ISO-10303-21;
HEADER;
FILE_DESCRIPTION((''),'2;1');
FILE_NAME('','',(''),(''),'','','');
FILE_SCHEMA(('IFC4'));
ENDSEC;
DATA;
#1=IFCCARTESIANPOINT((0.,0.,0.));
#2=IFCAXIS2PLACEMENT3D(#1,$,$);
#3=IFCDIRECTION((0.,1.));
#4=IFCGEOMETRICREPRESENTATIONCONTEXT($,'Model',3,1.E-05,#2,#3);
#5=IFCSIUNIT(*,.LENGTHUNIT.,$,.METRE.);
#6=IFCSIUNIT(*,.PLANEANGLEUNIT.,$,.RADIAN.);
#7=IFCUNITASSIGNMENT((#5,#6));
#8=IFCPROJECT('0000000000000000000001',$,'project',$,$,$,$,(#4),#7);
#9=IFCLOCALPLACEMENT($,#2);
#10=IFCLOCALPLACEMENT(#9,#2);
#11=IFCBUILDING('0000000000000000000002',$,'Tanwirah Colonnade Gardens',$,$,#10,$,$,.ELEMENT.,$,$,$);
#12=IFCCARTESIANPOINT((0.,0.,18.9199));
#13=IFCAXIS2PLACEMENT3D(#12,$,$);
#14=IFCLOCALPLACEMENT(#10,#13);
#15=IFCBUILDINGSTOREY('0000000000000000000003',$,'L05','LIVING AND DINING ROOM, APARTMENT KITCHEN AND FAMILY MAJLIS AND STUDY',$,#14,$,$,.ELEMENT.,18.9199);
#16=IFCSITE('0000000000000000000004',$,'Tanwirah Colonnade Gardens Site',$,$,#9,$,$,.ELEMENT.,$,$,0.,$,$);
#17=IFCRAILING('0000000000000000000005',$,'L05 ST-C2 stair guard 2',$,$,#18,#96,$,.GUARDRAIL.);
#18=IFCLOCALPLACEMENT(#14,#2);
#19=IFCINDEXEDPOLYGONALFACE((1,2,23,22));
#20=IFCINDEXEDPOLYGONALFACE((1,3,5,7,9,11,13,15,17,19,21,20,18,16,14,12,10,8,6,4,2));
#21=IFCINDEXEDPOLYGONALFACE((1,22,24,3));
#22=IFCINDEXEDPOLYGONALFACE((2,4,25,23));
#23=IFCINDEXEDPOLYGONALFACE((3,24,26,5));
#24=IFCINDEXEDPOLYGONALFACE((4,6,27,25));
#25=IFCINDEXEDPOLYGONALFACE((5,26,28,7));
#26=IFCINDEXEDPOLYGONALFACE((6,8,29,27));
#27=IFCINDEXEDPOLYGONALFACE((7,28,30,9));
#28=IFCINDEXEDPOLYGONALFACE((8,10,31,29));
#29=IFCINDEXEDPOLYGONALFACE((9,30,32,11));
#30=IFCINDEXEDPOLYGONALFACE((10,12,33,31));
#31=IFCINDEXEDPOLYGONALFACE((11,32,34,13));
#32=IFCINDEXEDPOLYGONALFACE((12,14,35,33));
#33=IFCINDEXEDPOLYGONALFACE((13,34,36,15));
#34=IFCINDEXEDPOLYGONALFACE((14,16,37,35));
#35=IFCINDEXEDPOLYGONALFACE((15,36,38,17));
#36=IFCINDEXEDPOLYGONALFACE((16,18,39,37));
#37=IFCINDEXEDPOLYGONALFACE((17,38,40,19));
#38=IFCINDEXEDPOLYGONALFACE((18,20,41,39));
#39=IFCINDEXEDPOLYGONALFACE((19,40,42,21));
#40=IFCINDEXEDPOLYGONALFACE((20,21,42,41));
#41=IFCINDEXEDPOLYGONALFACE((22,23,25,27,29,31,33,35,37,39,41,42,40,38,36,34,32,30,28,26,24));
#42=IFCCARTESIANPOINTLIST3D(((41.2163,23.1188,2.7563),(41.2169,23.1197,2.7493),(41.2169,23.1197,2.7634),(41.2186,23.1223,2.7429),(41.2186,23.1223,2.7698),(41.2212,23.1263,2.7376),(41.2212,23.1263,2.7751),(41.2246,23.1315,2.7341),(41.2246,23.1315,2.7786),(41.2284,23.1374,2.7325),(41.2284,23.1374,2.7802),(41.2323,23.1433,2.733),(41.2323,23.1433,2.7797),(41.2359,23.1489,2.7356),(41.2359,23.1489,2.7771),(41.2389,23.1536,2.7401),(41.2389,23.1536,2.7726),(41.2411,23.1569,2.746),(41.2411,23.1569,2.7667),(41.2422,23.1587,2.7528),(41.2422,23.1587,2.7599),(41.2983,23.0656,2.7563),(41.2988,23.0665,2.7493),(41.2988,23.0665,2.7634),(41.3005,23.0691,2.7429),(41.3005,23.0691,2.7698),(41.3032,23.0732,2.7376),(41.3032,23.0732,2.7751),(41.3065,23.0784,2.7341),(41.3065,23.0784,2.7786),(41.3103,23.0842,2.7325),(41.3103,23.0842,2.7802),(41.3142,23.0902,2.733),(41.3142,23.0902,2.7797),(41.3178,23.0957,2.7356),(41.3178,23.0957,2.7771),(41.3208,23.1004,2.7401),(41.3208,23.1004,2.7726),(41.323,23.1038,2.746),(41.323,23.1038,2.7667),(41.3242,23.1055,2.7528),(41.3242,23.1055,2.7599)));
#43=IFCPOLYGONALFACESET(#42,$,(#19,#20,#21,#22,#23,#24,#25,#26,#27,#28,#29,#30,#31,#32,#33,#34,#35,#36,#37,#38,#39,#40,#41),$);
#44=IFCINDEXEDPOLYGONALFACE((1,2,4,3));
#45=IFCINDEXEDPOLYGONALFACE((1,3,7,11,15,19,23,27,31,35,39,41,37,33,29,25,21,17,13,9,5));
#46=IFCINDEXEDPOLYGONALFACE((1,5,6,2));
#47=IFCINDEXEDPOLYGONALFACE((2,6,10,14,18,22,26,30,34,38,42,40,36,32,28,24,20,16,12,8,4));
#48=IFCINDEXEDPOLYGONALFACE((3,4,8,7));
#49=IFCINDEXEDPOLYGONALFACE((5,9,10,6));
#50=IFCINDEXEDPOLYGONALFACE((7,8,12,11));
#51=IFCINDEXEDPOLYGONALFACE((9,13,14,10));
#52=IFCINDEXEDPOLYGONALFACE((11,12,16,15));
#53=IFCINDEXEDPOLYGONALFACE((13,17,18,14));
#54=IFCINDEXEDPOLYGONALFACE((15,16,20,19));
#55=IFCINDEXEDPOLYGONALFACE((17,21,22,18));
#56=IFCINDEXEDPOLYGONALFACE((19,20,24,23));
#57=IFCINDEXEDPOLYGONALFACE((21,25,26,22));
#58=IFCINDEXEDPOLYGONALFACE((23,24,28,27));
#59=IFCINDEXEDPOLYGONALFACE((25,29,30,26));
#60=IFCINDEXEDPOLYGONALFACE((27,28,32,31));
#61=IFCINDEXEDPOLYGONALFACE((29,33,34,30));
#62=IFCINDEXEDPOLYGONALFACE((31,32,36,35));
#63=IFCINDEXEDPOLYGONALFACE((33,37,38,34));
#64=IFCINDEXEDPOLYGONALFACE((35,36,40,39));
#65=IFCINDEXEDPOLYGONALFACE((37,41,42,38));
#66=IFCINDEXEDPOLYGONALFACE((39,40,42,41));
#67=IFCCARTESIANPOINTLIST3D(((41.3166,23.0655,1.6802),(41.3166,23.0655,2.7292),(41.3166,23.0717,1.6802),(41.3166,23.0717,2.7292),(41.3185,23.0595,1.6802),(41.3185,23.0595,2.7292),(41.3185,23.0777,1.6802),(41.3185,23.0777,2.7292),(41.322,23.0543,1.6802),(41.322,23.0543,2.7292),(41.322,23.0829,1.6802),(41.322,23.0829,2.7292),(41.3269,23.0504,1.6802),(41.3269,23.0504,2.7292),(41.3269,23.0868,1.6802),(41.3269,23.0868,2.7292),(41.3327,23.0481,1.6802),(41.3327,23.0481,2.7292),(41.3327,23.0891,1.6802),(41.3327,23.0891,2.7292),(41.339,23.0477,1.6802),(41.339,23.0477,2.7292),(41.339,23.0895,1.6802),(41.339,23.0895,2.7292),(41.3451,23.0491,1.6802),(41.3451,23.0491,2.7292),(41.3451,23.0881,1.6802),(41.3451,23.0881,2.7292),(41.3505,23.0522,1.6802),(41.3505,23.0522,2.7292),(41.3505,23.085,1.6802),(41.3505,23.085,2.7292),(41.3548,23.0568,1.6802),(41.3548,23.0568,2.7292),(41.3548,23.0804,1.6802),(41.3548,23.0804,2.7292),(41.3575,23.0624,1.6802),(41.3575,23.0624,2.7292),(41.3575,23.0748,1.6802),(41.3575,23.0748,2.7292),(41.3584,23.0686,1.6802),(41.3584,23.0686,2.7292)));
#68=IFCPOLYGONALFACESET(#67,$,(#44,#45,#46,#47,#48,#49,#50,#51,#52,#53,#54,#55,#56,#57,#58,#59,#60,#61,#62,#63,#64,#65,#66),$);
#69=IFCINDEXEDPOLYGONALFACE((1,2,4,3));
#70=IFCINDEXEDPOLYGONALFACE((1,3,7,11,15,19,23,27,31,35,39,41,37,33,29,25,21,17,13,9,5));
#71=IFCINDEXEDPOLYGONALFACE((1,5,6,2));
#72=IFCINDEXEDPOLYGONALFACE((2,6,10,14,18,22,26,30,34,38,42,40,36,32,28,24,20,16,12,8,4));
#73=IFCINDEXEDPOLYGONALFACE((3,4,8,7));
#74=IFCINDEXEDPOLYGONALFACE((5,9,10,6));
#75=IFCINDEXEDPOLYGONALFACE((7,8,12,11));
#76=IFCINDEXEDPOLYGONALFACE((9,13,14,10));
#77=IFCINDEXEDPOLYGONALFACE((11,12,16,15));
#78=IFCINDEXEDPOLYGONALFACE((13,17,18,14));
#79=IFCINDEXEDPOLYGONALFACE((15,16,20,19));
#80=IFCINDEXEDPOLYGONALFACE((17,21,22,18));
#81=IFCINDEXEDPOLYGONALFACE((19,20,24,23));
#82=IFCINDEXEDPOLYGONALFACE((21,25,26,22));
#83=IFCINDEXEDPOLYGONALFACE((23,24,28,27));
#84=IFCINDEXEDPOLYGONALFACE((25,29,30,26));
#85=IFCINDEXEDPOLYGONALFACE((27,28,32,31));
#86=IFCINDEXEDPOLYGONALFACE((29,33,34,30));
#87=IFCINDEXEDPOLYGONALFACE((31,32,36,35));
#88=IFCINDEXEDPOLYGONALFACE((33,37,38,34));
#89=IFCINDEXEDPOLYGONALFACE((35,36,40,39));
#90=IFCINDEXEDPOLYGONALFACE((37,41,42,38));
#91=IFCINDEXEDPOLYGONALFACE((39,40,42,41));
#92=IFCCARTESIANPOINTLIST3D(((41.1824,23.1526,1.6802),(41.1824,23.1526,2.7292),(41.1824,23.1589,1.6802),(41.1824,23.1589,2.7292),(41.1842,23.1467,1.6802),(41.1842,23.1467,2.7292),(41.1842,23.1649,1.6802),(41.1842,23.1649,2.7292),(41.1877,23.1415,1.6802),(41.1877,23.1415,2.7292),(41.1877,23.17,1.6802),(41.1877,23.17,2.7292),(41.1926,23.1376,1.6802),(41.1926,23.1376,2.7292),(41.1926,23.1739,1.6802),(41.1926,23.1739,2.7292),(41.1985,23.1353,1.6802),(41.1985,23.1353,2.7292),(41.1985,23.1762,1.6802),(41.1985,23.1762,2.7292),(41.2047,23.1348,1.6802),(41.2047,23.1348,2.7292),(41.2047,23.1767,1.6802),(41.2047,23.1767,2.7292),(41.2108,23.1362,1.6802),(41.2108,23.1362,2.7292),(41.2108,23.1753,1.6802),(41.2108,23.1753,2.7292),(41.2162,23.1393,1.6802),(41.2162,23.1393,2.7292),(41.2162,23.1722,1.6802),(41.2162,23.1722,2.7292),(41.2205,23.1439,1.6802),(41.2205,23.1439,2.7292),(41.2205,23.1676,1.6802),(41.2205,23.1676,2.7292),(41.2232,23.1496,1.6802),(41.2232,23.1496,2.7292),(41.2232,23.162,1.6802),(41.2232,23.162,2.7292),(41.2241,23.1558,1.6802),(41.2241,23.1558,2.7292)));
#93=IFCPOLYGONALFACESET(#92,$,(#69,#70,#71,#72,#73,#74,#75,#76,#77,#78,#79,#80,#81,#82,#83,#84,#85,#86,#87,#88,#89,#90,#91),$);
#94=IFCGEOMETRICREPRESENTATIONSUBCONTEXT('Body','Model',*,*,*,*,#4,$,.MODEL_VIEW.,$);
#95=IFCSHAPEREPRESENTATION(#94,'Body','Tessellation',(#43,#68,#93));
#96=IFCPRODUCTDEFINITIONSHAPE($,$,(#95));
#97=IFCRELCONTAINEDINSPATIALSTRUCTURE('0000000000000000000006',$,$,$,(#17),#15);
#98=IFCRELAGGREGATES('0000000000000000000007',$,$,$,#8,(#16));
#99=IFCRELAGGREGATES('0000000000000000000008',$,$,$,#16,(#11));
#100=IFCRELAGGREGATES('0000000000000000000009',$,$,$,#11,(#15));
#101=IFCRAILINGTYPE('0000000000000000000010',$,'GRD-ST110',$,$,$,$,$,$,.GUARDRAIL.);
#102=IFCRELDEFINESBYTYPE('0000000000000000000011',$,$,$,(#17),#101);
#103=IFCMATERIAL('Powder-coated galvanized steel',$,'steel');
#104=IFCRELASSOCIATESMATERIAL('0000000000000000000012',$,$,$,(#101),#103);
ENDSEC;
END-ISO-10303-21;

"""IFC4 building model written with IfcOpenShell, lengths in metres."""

from ifc_helpers import new_model, si_unit, direction, frame, origin, origin_2d, place, context, subcontext, project, spatial, circle, extrude, material, type_object, element, save


model = new_model("IFC4")

# Units and contexts
model_context = context("Model", 3, precision=1e-05, world=origin(), true_north=direction((0.0, 1.0)))
body_context = subcontext(model_context, "Body", "Model", "MODEL_VIEW")
ifc_project = project(units=[si_unit("LENGTHUNIT", "METRE"), si_unit("PLANEANGLEUNIT", "RADIAN")], contexts=[model_context])

# Site, building, storey
site_placement = place(None, origin())
site = spatial("IfcSite", under=ifc_project, at=site_placement, Name="Tanwirah Colonnade Gardens Site", CompositionType="ELEMENT", RefElevation=0.0)
building_placement = place(site_placement, origin())
building = spatial("IfcBuilding", under=site, at=building_placement, Name="Tanwirah Colonnade Gardens", CompositionType="ELEMENT")
storey_placement = place(building_placement, frame((0.0, 0.0, 18.9199)))
storey = spatial("IfcBuildingStorey", under=building, at=storey_placement, Name="L05", Description="LIVING AND DINING ROOM, APARTMENT KITCHEN AND FAMILY MAJLIS AND STUDY", CompositionType="ELEMENT", Elevation=18.9199)

# Railing
ifc_material_1 = material(Name="Powder-coated galvanized steel", Category="steel")
railing_type_1 = type_object("IfcRailingType", Name="GRD-ST110", PredefinedType="GUARDRAIL", material=ifc_material_1)
railing_1_placement = place(storey_placement, frame((41.3374, 23.0686, 1.6802)))
element("IfcRailing", 1, at=railing_1_placement, inside=storey, type_object=railing_type_1, Name="L05 ST-C2 stair guard 2", PredefinedType="GUARDRAIL", context=body_context, shape_type="SweptSolid", body=[
    extrude(circle(Radius=0.0239, at=origin_2d()), frame((-0.0261, 0.0171, 1.0762), z_axis=(-0.838792, 0.544452, 0.0), x_axis=(-0.544452, -0.838792, 0.0)), (0.0, 0.0, 1.0), 0.0977),
    extrude(circle(Radius=0.021, at=origin_2d()), origin(), (0.0, 0.0, 1.0), 1.0491),
    extrude(circle(Radius=0.021, at=origin_2d()), frame((-0.1343, 0.0872, 0.0)), (0.0, 0.0, 1.0), 1.0491),
])

save(model, "model.ifc")
